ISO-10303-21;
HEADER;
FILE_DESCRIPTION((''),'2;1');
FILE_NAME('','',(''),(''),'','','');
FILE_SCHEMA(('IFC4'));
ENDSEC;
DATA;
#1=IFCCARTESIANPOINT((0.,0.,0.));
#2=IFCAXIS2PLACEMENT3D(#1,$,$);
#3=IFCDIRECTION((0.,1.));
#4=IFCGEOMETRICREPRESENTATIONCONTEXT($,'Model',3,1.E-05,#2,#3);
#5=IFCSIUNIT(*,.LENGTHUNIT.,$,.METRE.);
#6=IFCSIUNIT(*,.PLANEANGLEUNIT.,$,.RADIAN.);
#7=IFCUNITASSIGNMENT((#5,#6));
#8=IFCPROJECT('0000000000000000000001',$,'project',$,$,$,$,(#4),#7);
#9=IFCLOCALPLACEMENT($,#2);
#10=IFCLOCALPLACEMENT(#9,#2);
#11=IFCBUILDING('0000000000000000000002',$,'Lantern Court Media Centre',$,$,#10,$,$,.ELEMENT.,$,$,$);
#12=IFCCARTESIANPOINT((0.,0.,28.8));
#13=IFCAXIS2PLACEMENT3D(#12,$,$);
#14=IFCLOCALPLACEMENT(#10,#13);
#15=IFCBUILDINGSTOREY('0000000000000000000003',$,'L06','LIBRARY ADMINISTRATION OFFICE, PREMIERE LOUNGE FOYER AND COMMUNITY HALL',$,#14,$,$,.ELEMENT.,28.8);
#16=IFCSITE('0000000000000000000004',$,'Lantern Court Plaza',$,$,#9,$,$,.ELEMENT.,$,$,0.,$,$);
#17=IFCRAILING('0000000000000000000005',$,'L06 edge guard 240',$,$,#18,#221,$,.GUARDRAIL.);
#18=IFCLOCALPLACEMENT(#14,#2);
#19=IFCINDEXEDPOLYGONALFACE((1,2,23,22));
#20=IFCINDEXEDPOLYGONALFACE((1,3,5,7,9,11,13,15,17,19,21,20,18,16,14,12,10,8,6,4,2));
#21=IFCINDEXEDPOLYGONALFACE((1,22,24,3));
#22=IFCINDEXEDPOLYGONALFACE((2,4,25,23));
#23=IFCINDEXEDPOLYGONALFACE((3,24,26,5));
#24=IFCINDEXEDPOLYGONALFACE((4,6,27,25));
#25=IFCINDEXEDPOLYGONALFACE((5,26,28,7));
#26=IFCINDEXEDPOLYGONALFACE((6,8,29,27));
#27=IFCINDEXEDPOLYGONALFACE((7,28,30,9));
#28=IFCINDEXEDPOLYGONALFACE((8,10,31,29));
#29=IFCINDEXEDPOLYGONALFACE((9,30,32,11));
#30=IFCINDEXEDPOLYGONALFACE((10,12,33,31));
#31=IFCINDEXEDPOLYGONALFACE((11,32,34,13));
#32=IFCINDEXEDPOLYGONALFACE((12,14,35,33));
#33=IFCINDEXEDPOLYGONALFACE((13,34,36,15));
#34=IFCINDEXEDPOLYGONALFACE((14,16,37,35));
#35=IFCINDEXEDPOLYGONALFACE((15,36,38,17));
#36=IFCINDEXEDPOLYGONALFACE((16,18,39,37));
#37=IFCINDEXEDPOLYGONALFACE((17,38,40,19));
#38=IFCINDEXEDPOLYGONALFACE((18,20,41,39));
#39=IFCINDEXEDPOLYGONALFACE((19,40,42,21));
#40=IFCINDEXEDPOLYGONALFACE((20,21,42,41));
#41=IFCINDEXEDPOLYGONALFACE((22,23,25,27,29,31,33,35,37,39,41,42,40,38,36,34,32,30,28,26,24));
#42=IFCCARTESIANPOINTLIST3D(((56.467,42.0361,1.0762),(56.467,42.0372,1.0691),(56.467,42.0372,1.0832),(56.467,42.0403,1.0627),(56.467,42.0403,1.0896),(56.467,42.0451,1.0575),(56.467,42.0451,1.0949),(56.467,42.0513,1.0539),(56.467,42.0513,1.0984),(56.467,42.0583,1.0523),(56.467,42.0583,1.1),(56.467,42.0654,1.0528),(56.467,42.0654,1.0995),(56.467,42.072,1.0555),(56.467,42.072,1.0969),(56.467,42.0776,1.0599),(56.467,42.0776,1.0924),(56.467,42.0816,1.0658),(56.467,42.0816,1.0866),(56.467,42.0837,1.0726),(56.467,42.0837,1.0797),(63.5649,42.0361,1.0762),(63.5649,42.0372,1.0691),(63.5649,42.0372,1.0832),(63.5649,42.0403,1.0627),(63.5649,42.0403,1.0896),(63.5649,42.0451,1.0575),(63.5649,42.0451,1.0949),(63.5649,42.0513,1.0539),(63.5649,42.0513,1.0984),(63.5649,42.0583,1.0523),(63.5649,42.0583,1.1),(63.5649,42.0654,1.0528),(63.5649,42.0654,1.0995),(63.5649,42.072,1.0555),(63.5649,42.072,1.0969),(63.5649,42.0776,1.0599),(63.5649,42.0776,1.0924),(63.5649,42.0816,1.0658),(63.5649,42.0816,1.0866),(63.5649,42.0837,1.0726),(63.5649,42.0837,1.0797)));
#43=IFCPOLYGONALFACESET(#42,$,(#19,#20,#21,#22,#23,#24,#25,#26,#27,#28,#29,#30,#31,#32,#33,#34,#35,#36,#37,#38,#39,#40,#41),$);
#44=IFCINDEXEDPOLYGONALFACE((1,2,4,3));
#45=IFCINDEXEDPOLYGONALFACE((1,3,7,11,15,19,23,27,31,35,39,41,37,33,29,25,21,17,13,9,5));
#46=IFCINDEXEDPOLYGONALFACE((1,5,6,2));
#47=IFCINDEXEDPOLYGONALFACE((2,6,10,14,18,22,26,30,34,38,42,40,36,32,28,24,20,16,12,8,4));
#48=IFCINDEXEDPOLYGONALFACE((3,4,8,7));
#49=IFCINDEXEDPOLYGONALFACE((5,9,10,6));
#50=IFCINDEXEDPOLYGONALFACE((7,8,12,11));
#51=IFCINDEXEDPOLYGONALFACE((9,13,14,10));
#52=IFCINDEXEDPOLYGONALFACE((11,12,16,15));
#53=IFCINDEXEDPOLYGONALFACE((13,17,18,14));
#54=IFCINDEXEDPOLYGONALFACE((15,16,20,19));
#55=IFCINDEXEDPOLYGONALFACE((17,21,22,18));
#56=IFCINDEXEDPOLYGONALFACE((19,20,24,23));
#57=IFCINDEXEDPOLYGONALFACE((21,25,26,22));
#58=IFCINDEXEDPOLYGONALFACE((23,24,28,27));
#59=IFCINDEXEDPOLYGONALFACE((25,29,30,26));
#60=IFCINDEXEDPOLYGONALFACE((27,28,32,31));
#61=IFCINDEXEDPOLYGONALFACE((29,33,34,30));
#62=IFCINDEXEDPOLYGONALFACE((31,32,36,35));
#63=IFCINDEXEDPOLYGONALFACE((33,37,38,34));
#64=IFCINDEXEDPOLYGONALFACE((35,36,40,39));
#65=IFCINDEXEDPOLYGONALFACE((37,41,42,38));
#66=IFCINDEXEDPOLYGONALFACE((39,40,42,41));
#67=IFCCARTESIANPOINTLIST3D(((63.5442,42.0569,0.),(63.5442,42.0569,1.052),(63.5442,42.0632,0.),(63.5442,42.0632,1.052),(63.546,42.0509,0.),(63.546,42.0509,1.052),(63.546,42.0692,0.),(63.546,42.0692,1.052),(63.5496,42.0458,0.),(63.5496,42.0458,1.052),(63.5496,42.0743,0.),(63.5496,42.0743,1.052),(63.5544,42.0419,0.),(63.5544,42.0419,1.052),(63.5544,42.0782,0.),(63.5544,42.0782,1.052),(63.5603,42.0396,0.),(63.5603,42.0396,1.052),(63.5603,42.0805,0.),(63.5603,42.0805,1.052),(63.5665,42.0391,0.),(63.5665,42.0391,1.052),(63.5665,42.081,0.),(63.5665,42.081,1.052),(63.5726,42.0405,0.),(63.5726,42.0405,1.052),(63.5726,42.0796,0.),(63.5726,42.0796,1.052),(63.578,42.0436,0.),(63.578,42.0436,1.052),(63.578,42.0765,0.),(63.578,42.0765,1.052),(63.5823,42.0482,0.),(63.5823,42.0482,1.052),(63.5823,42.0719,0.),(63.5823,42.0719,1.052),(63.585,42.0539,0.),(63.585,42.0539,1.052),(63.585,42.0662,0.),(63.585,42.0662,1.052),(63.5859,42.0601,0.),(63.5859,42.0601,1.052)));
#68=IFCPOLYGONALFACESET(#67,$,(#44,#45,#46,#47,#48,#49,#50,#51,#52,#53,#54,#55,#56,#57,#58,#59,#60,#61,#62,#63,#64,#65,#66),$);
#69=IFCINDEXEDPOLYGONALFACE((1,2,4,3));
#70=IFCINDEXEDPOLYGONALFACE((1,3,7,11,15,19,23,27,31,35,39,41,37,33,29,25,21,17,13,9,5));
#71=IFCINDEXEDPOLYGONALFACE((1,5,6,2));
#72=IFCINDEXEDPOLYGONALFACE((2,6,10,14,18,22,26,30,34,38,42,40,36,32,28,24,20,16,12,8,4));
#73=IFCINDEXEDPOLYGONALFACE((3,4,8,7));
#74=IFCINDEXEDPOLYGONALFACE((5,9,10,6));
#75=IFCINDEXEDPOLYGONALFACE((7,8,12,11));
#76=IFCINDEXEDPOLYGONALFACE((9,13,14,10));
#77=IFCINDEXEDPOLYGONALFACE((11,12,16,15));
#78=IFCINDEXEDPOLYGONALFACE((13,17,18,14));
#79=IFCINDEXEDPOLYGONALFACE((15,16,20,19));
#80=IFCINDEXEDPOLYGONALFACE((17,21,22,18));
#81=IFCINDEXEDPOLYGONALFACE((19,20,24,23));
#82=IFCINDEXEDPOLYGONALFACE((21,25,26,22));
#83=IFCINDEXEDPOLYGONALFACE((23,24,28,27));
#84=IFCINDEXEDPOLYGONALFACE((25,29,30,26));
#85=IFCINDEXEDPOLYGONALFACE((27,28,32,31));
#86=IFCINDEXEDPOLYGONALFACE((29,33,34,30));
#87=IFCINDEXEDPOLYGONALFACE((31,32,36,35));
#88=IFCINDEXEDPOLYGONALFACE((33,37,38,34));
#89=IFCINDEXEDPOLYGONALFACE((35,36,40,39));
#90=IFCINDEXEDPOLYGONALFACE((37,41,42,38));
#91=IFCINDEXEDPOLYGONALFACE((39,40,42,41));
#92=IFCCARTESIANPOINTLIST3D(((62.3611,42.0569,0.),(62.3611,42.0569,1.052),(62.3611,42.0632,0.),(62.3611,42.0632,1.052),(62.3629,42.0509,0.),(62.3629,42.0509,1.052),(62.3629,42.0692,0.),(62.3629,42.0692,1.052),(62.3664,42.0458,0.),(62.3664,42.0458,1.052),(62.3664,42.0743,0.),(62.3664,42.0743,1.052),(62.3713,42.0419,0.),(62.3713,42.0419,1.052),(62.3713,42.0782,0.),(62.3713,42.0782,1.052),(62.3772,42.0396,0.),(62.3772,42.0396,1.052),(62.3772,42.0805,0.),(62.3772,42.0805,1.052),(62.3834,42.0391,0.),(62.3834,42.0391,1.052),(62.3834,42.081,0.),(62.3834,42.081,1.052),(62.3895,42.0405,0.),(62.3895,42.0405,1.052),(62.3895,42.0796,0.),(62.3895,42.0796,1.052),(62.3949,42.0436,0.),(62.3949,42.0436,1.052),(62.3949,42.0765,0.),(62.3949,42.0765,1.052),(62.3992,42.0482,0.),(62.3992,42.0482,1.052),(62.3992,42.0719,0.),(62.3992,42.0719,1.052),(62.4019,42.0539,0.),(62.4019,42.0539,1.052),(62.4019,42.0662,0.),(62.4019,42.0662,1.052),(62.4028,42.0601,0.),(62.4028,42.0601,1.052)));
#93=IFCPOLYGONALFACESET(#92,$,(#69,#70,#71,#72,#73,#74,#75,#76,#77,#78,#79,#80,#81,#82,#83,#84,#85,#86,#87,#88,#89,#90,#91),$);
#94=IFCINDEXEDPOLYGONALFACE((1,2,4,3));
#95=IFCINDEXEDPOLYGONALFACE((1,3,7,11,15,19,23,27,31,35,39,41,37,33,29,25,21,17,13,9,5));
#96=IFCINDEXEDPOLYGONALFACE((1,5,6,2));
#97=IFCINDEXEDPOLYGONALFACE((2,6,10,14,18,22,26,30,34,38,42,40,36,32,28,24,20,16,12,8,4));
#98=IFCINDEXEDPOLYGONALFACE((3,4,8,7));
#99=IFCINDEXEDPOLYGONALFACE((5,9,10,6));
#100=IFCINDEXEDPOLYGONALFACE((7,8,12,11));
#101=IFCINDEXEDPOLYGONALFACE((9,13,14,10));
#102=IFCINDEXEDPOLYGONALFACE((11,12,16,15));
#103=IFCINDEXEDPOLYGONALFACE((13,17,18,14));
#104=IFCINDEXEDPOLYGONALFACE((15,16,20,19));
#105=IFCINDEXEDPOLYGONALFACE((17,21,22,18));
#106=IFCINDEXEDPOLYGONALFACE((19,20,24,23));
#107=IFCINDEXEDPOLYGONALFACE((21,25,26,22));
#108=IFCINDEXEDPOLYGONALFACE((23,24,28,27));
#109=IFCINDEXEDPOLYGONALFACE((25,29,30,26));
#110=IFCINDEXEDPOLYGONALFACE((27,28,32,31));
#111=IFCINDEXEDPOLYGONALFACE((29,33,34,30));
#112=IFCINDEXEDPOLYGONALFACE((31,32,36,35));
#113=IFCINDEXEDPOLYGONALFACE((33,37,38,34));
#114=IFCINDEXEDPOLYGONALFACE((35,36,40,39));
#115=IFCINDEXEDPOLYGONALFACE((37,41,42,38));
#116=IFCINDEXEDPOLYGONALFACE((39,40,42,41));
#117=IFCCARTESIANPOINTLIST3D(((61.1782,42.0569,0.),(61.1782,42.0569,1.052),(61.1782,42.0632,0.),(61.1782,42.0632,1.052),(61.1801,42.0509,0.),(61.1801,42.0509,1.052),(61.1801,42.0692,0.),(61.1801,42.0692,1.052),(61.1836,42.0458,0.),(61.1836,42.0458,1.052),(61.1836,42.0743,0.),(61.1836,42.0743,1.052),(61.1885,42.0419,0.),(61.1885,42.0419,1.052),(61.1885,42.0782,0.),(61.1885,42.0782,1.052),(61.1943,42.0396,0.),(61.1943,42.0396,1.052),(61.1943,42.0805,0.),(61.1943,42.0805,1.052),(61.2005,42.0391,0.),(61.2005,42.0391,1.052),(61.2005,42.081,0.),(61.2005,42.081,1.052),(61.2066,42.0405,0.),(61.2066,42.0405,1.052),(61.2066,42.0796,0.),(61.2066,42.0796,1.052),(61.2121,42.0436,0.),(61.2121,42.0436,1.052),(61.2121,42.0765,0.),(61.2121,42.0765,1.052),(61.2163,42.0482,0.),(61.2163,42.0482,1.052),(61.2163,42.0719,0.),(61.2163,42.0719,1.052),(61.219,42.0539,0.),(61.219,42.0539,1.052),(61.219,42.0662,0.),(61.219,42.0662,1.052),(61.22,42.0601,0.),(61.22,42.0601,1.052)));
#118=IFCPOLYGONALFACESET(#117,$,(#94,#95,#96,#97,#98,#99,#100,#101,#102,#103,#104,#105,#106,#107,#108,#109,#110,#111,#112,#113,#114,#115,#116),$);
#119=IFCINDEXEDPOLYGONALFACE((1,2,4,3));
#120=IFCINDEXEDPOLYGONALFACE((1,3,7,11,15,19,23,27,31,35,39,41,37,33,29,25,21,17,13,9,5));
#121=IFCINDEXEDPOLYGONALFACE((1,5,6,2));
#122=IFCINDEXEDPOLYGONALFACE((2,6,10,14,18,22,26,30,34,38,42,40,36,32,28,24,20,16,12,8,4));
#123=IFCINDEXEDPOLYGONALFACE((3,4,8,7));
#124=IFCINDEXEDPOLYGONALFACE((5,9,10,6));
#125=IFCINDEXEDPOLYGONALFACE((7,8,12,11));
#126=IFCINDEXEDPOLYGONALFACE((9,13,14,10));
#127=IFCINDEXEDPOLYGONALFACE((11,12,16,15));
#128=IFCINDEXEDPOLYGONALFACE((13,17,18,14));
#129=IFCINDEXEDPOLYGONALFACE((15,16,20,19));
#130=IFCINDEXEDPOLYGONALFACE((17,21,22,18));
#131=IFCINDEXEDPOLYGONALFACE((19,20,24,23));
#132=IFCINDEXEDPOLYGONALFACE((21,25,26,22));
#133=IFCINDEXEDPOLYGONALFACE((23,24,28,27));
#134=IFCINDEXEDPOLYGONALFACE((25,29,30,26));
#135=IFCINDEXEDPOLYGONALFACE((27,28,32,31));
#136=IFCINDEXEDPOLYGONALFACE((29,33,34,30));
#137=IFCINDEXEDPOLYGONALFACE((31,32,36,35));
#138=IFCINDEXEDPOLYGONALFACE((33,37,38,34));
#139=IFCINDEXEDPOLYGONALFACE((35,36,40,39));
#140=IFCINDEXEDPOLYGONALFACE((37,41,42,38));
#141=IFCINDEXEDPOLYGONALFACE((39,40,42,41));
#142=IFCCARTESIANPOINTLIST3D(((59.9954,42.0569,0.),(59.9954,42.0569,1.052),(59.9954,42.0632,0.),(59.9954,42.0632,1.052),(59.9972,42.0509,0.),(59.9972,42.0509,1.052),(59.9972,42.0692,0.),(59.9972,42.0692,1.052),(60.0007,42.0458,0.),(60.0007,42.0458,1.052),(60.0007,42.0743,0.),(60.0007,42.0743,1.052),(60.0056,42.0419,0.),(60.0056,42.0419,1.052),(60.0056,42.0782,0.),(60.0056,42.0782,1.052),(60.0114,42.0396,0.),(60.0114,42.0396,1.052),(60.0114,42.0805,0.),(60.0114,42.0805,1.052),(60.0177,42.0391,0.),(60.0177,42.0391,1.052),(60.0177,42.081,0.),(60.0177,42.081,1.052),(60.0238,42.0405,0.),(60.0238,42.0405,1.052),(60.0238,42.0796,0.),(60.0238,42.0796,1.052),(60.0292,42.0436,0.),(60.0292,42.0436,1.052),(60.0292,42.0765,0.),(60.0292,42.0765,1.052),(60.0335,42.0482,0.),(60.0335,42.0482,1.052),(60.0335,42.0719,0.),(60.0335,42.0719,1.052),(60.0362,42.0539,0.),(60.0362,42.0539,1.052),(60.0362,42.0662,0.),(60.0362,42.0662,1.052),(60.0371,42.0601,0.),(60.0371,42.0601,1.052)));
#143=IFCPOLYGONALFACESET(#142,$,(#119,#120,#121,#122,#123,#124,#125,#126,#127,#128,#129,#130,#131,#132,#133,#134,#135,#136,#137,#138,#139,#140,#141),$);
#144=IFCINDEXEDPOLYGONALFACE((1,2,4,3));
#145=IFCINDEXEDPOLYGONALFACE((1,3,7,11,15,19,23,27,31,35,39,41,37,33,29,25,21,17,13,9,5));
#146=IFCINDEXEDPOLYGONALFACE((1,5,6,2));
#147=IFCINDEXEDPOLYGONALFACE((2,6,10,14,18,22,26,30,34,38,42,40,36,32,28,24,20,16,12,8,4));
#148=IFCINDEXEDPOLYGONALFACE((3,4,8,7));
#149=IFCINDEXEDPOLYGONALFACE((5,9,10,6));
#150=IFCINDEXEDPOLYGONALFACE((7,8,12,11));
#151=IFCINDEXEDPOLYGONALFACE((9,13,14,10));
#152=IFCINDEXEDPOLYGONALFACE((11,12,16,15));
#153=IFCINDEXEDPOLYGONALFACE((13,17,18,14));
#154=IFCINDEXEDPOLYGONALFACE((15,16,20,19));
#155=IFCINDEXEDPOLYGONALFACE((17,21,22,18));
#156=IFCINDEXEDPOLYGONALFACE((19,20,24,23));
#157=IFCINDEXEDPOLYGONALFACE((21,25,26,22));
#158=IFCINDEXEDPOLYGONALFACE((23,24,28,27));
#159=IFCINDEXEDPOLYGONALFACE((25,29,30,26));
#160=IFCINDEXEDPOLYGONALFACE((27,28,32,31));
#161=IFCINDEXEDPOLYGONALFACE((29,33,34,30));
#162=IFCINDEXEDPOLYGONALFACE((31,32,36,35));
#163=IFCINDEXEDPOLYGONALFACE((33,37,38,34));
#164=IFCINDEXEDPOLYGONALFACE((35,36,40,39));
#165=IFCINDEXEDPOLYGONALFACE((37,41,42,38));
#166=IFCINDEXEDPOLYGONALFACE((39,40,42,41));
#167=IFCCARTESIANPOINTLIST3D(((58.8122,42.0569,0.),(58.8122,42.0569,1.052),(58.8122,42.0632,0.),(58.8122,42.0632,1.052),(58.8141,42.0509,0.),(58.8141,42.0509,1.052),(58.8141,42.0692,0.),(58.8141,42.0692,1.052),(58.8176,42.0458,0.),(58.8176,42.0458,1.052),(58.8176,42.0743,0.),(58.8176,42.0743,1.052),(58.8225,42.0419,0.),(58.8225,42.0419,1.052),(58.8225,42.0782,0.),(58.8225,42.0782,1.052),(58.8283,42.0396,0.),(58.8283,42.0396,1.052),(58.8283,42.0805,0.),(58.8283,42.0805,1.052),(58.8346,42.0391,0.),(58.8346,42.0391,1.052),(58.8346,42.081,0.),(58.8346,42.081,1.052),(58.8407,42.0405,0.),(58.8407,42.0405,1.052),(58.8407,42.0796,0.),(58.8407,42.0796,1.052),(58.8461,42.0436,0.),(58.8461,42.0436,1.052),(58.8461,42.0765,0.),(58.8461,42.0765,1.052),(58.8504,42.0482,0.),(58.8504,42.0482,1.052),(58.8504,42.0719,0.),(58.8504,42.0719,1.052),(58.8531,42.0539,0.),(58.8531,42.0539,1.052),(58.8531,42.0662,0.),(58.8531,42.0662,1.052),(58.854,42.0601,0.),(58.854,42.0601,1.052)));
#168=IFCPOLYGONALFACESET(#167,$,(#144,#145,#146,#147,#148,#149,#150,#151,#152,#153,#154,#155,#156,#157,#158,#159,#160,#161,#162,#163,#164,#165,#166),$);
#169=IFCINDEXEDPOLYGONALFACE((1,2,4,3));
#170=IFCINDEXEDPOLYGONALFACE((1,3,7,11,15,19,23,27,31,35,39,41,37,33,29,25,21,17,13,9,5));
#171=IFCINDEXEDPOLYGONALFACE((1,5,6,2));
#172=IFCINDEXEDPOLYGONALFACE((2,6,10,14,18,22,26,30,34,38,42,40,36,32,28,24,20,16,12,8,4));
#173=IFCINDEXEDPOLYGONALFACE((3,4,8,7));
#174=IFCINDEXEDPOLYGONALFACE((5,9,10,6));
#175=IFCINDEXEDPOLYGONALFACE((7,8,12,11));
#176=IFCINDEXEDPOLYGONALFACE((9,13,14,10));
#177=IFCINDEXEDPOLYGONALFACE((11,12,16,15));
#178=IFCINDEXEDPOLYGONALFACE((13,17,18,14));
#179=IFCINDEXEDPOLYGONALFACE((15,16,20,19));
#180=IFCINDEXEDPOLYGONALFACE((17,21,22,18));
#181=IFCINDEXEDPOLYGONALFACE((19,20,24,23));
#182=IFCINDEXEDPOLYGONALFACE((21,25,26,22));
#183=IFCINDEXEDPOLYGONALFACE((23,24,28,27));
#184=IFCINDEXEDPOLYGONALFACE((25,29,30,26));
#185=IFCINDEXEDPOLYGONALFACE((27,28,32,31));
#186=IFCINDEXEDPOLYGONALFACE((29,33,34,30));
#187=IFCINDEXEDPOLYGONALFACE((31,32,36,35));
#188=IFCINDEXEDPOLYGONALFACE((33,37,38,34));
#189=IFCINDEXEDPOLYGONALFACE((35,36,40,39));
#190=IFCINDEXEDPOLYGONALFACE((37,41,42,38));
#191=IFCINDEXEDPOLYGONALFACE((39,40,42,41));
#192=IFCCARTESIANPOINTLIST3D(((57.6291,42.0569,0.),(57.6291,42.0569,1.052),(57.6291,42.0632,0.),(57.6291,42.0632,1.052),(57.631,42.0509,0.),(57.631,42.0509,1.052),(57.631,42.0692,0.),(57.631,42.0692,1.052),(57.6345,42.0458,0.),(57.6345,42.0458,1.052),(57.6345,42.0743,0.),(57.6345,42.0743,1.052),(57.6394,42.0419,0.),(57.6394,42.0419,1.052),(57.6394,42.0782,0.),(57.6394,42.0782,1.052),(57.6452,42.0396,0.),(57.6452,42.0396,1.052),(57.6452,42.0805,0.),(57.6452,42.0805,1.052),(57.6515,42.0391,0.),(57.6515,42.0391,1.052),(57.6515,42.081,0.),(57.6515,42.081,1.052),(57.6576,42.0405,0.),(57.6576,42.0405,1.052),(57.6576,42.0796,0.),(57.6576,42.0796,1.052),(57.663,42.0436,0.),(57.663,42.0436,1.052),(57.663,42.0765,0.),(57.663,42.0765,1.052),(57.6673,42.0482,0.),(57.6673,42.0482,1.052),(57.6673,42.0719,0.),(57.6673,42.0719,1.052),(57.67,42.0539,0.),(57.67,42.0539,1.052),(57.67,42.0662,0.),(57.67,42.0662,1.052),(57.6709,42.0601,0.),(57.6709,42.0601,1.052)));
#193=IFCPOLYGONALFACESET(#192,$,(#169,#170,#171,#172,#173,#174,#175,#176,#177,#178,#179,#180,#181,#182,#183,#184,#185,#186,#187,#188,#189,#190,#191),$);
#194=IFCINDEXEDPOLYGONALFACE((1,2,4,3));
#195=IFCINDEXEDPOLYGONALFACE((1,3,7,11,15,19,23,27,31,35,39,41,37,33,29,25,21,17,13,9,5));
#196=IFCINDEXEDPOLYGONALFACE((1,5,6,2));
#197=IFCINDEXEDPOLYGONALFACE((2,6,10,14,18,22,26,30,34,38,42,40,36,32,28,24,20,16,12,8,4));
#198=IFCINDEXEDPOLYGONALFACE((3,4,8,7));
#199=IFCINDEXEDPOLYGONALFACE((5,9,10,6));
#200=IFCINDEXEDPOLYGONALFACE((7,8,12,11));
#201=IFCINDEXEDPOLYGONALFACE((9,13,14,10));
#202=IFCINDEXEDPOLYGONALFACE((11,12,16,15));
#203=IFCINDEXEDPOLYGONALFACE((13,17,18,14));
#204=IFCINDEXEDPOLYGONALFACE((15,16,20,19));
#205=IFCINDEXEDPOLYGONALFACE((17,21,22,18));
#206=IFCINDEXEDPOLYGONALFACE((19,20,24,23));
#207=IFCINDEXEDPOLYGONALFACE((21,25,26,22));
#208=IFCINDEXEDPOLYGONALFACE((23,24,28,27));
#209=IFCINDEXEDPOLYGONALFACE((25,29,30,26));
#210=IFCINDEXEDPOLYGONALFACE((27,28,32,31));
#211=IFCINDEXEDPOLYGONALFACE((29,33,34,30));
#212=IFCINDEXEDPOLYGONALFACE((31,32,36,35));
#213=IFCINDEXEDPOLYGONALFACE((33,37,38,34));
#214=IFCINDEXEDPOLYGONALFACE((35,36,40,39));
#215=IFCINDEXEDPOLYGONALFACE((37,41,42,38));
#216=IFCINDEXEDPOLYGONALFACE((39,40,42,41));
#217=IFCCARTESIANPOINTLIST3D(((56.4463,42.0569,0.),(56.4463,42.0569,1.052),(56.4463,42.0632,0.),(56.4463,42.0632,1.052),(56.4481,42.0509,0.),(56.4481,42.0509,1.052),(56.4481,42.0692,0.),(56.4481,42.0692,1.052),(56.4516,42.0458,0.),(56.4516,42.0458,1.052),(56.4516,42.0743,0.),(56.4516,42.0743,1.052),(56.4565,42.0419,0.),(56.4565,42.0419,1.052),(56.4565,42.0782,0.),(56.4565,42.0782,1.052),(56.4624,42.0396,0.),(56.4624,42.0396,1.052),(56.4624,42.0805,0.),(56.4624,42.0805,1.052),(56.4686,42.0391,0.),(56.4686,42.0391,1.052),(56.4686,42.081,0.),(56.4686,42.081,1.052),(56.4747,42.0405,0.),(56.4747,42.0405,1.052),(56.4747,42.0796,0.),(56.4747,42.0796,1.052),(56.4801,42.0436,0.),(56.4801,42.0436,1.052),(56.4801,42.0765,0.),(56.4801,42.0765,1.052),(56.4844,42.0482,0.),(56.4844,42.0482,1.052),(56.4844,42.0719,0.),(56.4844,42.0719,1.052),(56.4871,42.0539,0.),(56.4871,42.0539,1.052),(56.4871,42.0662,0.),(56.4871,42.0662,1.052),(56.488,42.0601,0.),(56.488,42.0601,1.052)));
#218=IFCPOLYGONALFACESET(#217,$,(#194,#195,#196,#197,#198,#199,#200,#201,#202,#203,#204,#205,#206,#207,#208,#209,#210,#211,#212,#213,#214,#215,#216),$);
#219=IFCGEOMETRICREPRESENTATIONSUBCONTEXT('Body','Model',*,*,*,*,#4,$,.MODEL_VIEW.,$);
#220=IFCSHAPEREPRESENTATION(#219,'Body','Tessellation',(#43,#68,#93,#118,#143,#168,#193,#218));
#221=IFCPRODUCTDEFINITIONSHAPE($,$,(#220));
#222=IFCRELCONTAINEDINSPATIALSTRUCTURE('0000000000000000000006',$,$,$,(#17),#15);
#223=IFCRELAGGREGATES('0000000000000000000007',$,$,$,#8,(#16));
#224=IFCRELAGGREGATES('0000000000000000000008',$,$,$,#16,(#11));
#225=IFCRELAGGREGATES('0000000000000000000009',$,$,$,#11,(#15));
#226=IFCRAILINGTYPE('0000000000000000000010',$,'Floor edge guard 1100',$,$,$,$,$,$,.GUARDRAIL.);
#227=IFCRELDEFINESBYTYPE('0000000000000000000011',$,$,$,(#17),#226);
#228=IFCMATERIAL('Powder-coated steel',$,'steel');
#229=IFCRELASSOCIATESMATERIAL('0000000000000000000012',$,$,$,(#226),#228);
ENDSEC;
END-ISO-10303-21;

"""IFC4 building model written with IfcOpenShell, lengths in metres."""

from ifc_helpers import new_model, si_unit, direction, frame, origin, origin_2d, place, context, subcontext, project, spatial, circle, extrude, material, type_object, element, save


model = new_model("IFC4")

# Units and contexts
model_context = context("Model", 3, precision=1e-05, world=origin(), true_north=direction((0.0, 1.0)))
body_context = subcontext(model_context, "Body", "Model", "MODEL_VIEW")
ifc_project = project(units=[si_unit("LENGTHUNIT", "METRE"), si_unit("PLANEANGLEUNIT", "RADIAN")], contexts=[model_context])

# Site, building, storey
site_placement = place(None, origin())
site = spatial("IfcSite", under=ifc_project, at=site_placement, Name="Lantern Court Plaza", CompositionType="ELEMENT", RefElevation=0.0)
building_placement = place(site_placement, origin())
building = spatial("IfcBuilding", under=site, at=building_placement, Name="Lantern Court Media Centre", CompositionType="ELEMENT")
storey_placement = place(building_placement, frame((0.0, 0.0, 28.8)))
storey = spatial("IfcBuildingStorey", under=building, at=storey_placement, Name="L06", Description="LIBRARY ADMINISTRATION OFFICE, PREMIERE LOUNGE FOYER AND COMMUNITY HALL", CompositionType="ELEMENT", Elevation=28.8)

# Railing
ifc_material_1 = material(Name="Powder-coated steel", Category="steel")
railing_type = type_object("IfcRailingType", Name="Floor edge guard 1100", PredefinedType="GUARDRAIL", material=ifc_material_1)
railing_placement = place(storey_placement, frame((63.5649, 42.0601, 0.0)))
element("IfcRailing", 1, at=railing_placement, inside=storey, type_object=railing_type, Name="L06 edge guard 240", PredefinedType="GUARDRAIL", context=body_context, shape_type="SweptSolid", body=[
    extrude(circle(Radius=0.0239, at=origin_2d()), frame((0.0, 0.0, 1.0762), z_axis=(-1.0, 0.0, 0.0), x_axis=(0.0, -1.0, 0.0)), (0.0, 0.0, 1.0), 7.0979),
    extrude(circle(Radius=0.021, at=origin_2d()), origin(), (0.0, 0.0, 1.0), 1.052),
    extrude(circle(Radius=0.021, at=origin_2d()), frame((-1.1831, 0.0, 0.0)), (0.0, 0.0, 1.0), 1.052),
    extrude(circle(Radius=0.021, at=origin_2d()), frame((-2.366, 0.0, 0.0)), (0.0, 0.0, 1.0), 1.052),
    extrude(circle(Radius=0.021, at=origin_2d()), frame((-3.5488, 0.0, 0.0)), (0.0, 0.0, 1.0), 1.052),
    extrude(circle(Radius=0.021, at=origin_2d()), frame((-4.7319, 0.0, 0.0)), (0.0, 0.0, 1.0), 1.052),
    extrude(circle(Radius=0.021, at=origin_2d()), frame((-5.915, 0.0, 0.0)), (0.0, 0.0, 1.0), 1.052),
    extrude(circle(Radius=0.021, at=origin_2d()), frame((-7.0979, 0.0, 0.0)), (0.0, 0.0, 1.0), 1.052),
])

save(model, "model.ifc")
